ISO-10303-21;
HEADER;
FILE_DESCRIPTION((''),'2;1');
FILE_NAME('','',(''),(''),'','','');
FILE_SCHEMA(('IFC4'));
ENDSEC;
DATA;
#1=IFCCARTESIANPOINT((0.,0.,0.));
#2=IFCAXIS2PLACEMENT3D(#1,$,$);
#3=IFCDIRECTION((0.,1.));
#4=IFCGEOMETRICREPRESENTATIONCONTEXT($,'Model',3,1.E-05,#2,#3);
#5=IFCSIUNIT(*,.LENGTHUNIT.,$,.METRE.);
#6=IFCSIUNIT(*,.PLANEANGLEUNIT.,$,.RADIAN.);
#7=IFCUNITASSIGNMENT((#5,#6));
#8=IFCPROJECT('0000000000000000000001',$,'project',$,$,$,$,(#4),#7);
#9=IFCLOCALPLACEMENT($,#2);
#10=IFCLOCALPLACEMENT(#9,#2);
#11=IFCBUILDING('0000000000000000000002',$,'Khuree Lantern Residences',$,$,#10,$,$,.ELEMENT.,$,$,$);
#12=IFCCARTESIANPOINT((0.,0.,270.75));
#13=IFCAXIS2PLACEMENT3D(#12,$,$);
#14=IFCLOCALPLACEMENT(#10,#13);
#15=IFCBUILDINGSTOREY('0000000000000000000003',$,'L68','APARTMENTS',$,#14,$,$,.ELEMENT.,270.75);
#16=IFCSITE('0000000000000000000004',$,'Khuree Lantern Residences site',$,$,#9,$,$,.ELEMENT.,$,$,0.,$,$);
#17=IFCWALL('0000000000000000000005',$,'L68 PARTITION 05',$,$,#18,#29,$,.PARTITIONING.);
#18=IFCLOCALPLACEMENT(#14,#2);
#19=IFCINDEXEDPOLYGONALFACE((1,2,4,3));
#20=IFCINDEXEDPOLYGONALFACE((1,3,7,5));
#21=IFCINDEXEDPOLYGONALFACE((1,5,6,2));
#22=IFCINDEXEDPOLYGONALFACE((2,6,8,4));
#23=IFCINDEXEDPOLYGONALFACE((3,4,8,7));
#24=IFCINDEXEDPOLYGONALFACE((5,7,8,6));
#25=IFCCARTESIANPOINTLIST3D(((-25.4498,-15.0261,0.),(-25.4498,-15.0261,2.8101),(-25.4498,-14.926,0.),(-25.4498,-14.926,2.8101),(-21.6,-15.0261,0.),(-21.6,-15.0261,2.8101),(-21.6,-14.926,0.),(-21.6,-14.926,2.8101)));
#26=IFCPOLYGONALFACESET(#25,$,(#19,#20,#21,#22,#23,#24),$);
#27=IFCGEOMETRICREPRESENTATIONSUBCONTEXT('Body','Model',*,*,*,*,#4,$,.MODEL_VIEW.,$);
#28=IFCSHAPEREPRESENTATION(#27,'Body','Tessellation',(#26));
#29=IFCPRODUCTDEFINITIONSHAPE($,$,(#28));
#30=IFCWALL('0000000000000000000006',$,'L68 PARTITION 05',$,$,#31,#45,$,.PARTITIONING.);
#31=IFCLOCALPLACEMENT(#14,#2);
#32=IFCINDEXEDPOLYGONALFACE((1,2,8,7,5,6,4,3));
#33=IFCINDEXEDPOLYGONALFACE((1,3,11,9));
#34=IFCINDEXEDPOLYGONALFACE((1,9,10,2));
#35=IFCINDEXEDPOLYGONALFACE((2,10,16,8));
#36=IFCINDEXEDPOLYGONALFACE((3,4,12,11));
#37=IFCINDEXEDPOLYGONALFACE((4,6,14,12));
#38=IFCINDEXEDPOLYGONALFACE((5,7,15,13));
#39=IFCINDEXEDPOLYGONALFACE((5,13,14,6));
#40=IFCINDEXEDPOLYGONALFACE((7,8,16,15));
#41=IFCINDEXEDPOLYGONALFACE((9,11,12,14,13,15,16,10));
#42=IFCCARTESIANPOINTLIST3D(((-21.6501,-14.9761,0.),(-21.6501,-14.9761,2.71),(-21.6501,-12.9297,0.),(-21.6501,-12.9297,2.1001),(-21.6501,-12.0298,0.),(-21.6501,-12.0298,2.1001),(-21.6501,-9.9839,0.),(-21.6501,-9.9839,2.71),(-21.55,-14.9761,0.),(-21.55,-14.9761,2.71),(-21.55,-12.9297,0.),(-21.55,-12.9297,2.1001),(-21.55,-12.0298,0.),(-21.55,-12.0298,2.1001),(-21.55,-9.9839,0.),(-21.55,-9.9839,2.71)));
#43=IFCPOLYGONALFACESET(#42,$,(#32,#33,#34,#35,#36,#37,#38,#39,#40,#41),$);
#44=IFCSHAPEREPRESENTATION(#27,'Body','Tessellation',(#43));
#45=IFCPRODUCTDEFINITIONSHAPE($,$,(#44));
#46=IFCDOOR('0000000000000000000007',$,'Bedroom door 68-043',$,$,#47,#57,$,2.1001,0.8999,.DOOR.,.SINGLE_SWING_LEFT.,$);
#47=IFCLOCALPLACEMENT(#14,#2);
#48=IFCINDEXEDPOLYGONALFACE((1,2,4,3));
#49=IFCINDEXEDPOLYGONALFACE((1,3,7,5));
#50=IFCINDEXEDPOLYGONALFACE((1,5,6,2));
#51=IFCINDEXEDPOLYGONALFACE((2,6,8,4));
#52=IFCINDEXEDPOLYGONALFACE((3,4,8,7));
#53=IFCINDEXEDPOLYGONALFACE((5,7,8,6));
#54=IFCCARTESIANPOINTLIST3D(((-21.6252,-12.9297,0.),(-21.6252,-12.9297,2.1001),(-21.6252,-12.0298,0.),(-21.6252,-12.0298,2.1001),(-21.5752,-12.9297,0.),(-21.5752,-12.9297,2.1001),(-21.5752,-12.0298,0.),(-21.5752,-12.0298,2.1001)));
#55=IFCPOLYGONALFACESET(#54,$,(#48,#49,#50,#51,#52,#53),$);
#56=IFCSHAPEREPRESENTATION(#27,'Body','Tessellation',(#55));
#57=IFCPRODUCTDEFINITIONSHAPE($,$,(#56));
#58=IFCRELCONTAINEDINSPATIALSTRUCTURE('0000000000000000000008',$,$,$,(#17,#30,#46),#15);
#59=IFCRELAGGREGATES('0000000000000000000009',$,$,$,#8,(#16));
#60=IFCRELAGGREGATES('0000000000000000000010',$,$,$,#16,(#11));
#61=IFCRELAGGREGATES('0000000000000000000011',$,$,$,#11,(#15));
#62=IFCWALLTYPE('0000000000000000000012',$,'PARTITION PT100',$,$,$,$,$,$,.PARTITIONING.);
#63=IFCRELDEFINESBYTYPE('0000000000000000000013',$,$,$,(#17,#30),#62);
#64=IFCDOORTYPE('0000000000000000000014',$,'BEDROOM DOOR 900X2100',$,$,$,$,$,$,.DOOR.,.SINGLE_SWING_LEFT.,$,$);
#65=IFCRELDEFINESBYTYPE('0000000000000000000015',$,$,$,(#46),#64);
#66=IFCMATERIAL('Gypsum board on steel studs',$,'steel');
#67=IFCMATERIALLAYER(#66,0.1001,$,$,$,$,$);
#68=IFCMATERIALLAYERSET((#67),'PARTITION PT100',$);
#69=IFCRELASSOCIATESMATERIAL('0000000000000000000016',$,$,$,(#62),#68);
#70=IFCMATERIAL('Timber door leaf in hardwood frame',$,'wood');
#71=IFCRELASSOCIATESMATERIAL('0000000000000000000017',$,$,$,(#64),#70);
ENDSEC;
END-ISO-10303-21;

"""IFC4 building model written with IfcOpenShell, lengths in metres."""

from ifc_helpers import new_model, si_unit, direction, frame, frame_2d, origin, place, context, subcontext, project, spatial, rectangle, extrude, material, layer, layer_set, type_object, element, fill, save


model = new_model("IFC4")

# Units and contexts
model_context = context("Model", 3, precision=1e-05, world=origin(), true_north=direction((0.0, 1.0)))
body_context = subcontext(model_context, "Body", "Model", "MODEL_VIEW")
ifc_project = project(units=[si_unit("LENGTHUNIT", "METRE"), si_unit("PLANEANGLEUNIT", "RADIAN")], contexts=[model_context])

# Site, building, storey
site_placement = place(None, origin())
site = spatial("IfcSite", under=ifc_project, at=site_placement, Name="Khuree Lantern Residences site", CompositionType="ELEMENT", RefElevation=0.0)
building_placement = place(site_placement, origin())
building = spatial("IfcBuilding", under=site, at=building_placement, Name="Khuree Lantern Residences", CompositionType="ELEMENT")
storey_placement = place(building_placement, frame((0.0, 0.0, 270.75)))
storey = spatial("IfcBuildingStorey", under=building, at=storey_placement, Name="L68", Description="APARTMENTS", CompositionType="ELEMENT", Elevation=270.75)

# Shared definitions
ifc_material_1 = material(Name="Timber door leaf in hardwood frame", Category="wood")

# Wall
ifc_material_2 = material(Name="Gypsum board on steel studs", Category="steel")
ifc_layer_1 = layer(ifc_material_2, 0.1001)
ifc_layer_set_1 = layer_set([ifc_layer_1], Name="PARTITION PT100")
wall_type_1 = type_object("IfcWallType", Name="PARTITION PT100", PredefinedType="PARTITIONING", material=ifc_layer_set_1)
for number, where, z_axis, x_axis, name in (
    (1, (-21.6001, -14.9761, 0.0), (0.0, 0.0, 1.0), (-1.0, 0.0, 0.0), "L68 PARTITION 05"),
):
    element("IfcWall", number, at=place(storey_placement, frame(where, z_axis=z_axis, x_axis=x_axis)), inside=storey, type_object=wall_type_1, Name=name, PredefinedType="PARTITIONING", context=body_context, shape_type="SweptSolid", body=[
        extrude(rectangle(XDim=3.8499, YDim=0.1001, at=frame_2d((1.9248, 0.0))), origin(), (0.0, 0.0, 1.0), 2.8101),
    ])

# Wall, opening, door
wall_1_placement = place(storey_placement, frame((-21.6001, -9.9839, 0.0), z_axis=(0.0, 0.0, 1.0), x_axis=(0.0, -1.0, 0.0)))
wall_1 = element("IfcWall", 2, at=wall_1_placement, inside=storey, type_object=wall_type_1, Name="L68 PARTITION 05", PredefinedType="PARTITIONING", context=body_context, shape_type="SweptSolid", body=[
    extrude(rectangle(XDim=4.9922, YDim=0.1001, at=frame_2d((2.4961, 0.0))), origin(), (0.0, 0.0, 1.0), 2.71),
])
opening_1_placement = place(wall_1_placement, frame((2.0459, 0.0, 0.0)))
opening_1 = element("IfcOpeningElement", 3, at=opening_1_placement, cuts=wall_1, PredefinedType="OPENING", context=body_context, shape_type="SweptSolid", body=[
    extrude(rectangle(XDim=0.8999, YDim=2.1001, at=frame_2d((0.45, 1.05))), frame((0.0, 0.0601, 0.0), z_axis=(0.0, -1.0, 0.0), x_axis=(1.0, 0.0, 0.0)), (0.0, 0.0, 1.0), 0.1201),
])
door_type_1 = type_object("IfcDoorType", Name="BEDROOM DOOR 900X2100", OperationType="SINGLE_SWING_LEFT", PredefinedType="DOOR", material=ifc_material_1)
door_1_placement = place(opening_1_placement, origin())
door_1 = element("IfcDoor", 4, at=door_1_placement, inside=storey, type_object=door_type_1, Name="Bedroom door 68-043", OperationType="SINGLE_SWING_LEFT", OverallHeight=2.1001, OverallWidth=0.8999, PredefinedType="DOOR", context=body_context, shape_type="SweptSolid", body=[
    extrude(rectangle(XDim=0.8999, YDim=2.1001, at=frame_2d((0.45, 1.05))), frame((0.0, 0.0249, 0.0), z_axis=(0.0, -1.0, 0.0), x_axis=(1.0, 0.0, 0.0)), (0.0, 0.0, 1.0), 0.05),
])
fill(opening_1, door_1)

save(model, "model.ifc")
